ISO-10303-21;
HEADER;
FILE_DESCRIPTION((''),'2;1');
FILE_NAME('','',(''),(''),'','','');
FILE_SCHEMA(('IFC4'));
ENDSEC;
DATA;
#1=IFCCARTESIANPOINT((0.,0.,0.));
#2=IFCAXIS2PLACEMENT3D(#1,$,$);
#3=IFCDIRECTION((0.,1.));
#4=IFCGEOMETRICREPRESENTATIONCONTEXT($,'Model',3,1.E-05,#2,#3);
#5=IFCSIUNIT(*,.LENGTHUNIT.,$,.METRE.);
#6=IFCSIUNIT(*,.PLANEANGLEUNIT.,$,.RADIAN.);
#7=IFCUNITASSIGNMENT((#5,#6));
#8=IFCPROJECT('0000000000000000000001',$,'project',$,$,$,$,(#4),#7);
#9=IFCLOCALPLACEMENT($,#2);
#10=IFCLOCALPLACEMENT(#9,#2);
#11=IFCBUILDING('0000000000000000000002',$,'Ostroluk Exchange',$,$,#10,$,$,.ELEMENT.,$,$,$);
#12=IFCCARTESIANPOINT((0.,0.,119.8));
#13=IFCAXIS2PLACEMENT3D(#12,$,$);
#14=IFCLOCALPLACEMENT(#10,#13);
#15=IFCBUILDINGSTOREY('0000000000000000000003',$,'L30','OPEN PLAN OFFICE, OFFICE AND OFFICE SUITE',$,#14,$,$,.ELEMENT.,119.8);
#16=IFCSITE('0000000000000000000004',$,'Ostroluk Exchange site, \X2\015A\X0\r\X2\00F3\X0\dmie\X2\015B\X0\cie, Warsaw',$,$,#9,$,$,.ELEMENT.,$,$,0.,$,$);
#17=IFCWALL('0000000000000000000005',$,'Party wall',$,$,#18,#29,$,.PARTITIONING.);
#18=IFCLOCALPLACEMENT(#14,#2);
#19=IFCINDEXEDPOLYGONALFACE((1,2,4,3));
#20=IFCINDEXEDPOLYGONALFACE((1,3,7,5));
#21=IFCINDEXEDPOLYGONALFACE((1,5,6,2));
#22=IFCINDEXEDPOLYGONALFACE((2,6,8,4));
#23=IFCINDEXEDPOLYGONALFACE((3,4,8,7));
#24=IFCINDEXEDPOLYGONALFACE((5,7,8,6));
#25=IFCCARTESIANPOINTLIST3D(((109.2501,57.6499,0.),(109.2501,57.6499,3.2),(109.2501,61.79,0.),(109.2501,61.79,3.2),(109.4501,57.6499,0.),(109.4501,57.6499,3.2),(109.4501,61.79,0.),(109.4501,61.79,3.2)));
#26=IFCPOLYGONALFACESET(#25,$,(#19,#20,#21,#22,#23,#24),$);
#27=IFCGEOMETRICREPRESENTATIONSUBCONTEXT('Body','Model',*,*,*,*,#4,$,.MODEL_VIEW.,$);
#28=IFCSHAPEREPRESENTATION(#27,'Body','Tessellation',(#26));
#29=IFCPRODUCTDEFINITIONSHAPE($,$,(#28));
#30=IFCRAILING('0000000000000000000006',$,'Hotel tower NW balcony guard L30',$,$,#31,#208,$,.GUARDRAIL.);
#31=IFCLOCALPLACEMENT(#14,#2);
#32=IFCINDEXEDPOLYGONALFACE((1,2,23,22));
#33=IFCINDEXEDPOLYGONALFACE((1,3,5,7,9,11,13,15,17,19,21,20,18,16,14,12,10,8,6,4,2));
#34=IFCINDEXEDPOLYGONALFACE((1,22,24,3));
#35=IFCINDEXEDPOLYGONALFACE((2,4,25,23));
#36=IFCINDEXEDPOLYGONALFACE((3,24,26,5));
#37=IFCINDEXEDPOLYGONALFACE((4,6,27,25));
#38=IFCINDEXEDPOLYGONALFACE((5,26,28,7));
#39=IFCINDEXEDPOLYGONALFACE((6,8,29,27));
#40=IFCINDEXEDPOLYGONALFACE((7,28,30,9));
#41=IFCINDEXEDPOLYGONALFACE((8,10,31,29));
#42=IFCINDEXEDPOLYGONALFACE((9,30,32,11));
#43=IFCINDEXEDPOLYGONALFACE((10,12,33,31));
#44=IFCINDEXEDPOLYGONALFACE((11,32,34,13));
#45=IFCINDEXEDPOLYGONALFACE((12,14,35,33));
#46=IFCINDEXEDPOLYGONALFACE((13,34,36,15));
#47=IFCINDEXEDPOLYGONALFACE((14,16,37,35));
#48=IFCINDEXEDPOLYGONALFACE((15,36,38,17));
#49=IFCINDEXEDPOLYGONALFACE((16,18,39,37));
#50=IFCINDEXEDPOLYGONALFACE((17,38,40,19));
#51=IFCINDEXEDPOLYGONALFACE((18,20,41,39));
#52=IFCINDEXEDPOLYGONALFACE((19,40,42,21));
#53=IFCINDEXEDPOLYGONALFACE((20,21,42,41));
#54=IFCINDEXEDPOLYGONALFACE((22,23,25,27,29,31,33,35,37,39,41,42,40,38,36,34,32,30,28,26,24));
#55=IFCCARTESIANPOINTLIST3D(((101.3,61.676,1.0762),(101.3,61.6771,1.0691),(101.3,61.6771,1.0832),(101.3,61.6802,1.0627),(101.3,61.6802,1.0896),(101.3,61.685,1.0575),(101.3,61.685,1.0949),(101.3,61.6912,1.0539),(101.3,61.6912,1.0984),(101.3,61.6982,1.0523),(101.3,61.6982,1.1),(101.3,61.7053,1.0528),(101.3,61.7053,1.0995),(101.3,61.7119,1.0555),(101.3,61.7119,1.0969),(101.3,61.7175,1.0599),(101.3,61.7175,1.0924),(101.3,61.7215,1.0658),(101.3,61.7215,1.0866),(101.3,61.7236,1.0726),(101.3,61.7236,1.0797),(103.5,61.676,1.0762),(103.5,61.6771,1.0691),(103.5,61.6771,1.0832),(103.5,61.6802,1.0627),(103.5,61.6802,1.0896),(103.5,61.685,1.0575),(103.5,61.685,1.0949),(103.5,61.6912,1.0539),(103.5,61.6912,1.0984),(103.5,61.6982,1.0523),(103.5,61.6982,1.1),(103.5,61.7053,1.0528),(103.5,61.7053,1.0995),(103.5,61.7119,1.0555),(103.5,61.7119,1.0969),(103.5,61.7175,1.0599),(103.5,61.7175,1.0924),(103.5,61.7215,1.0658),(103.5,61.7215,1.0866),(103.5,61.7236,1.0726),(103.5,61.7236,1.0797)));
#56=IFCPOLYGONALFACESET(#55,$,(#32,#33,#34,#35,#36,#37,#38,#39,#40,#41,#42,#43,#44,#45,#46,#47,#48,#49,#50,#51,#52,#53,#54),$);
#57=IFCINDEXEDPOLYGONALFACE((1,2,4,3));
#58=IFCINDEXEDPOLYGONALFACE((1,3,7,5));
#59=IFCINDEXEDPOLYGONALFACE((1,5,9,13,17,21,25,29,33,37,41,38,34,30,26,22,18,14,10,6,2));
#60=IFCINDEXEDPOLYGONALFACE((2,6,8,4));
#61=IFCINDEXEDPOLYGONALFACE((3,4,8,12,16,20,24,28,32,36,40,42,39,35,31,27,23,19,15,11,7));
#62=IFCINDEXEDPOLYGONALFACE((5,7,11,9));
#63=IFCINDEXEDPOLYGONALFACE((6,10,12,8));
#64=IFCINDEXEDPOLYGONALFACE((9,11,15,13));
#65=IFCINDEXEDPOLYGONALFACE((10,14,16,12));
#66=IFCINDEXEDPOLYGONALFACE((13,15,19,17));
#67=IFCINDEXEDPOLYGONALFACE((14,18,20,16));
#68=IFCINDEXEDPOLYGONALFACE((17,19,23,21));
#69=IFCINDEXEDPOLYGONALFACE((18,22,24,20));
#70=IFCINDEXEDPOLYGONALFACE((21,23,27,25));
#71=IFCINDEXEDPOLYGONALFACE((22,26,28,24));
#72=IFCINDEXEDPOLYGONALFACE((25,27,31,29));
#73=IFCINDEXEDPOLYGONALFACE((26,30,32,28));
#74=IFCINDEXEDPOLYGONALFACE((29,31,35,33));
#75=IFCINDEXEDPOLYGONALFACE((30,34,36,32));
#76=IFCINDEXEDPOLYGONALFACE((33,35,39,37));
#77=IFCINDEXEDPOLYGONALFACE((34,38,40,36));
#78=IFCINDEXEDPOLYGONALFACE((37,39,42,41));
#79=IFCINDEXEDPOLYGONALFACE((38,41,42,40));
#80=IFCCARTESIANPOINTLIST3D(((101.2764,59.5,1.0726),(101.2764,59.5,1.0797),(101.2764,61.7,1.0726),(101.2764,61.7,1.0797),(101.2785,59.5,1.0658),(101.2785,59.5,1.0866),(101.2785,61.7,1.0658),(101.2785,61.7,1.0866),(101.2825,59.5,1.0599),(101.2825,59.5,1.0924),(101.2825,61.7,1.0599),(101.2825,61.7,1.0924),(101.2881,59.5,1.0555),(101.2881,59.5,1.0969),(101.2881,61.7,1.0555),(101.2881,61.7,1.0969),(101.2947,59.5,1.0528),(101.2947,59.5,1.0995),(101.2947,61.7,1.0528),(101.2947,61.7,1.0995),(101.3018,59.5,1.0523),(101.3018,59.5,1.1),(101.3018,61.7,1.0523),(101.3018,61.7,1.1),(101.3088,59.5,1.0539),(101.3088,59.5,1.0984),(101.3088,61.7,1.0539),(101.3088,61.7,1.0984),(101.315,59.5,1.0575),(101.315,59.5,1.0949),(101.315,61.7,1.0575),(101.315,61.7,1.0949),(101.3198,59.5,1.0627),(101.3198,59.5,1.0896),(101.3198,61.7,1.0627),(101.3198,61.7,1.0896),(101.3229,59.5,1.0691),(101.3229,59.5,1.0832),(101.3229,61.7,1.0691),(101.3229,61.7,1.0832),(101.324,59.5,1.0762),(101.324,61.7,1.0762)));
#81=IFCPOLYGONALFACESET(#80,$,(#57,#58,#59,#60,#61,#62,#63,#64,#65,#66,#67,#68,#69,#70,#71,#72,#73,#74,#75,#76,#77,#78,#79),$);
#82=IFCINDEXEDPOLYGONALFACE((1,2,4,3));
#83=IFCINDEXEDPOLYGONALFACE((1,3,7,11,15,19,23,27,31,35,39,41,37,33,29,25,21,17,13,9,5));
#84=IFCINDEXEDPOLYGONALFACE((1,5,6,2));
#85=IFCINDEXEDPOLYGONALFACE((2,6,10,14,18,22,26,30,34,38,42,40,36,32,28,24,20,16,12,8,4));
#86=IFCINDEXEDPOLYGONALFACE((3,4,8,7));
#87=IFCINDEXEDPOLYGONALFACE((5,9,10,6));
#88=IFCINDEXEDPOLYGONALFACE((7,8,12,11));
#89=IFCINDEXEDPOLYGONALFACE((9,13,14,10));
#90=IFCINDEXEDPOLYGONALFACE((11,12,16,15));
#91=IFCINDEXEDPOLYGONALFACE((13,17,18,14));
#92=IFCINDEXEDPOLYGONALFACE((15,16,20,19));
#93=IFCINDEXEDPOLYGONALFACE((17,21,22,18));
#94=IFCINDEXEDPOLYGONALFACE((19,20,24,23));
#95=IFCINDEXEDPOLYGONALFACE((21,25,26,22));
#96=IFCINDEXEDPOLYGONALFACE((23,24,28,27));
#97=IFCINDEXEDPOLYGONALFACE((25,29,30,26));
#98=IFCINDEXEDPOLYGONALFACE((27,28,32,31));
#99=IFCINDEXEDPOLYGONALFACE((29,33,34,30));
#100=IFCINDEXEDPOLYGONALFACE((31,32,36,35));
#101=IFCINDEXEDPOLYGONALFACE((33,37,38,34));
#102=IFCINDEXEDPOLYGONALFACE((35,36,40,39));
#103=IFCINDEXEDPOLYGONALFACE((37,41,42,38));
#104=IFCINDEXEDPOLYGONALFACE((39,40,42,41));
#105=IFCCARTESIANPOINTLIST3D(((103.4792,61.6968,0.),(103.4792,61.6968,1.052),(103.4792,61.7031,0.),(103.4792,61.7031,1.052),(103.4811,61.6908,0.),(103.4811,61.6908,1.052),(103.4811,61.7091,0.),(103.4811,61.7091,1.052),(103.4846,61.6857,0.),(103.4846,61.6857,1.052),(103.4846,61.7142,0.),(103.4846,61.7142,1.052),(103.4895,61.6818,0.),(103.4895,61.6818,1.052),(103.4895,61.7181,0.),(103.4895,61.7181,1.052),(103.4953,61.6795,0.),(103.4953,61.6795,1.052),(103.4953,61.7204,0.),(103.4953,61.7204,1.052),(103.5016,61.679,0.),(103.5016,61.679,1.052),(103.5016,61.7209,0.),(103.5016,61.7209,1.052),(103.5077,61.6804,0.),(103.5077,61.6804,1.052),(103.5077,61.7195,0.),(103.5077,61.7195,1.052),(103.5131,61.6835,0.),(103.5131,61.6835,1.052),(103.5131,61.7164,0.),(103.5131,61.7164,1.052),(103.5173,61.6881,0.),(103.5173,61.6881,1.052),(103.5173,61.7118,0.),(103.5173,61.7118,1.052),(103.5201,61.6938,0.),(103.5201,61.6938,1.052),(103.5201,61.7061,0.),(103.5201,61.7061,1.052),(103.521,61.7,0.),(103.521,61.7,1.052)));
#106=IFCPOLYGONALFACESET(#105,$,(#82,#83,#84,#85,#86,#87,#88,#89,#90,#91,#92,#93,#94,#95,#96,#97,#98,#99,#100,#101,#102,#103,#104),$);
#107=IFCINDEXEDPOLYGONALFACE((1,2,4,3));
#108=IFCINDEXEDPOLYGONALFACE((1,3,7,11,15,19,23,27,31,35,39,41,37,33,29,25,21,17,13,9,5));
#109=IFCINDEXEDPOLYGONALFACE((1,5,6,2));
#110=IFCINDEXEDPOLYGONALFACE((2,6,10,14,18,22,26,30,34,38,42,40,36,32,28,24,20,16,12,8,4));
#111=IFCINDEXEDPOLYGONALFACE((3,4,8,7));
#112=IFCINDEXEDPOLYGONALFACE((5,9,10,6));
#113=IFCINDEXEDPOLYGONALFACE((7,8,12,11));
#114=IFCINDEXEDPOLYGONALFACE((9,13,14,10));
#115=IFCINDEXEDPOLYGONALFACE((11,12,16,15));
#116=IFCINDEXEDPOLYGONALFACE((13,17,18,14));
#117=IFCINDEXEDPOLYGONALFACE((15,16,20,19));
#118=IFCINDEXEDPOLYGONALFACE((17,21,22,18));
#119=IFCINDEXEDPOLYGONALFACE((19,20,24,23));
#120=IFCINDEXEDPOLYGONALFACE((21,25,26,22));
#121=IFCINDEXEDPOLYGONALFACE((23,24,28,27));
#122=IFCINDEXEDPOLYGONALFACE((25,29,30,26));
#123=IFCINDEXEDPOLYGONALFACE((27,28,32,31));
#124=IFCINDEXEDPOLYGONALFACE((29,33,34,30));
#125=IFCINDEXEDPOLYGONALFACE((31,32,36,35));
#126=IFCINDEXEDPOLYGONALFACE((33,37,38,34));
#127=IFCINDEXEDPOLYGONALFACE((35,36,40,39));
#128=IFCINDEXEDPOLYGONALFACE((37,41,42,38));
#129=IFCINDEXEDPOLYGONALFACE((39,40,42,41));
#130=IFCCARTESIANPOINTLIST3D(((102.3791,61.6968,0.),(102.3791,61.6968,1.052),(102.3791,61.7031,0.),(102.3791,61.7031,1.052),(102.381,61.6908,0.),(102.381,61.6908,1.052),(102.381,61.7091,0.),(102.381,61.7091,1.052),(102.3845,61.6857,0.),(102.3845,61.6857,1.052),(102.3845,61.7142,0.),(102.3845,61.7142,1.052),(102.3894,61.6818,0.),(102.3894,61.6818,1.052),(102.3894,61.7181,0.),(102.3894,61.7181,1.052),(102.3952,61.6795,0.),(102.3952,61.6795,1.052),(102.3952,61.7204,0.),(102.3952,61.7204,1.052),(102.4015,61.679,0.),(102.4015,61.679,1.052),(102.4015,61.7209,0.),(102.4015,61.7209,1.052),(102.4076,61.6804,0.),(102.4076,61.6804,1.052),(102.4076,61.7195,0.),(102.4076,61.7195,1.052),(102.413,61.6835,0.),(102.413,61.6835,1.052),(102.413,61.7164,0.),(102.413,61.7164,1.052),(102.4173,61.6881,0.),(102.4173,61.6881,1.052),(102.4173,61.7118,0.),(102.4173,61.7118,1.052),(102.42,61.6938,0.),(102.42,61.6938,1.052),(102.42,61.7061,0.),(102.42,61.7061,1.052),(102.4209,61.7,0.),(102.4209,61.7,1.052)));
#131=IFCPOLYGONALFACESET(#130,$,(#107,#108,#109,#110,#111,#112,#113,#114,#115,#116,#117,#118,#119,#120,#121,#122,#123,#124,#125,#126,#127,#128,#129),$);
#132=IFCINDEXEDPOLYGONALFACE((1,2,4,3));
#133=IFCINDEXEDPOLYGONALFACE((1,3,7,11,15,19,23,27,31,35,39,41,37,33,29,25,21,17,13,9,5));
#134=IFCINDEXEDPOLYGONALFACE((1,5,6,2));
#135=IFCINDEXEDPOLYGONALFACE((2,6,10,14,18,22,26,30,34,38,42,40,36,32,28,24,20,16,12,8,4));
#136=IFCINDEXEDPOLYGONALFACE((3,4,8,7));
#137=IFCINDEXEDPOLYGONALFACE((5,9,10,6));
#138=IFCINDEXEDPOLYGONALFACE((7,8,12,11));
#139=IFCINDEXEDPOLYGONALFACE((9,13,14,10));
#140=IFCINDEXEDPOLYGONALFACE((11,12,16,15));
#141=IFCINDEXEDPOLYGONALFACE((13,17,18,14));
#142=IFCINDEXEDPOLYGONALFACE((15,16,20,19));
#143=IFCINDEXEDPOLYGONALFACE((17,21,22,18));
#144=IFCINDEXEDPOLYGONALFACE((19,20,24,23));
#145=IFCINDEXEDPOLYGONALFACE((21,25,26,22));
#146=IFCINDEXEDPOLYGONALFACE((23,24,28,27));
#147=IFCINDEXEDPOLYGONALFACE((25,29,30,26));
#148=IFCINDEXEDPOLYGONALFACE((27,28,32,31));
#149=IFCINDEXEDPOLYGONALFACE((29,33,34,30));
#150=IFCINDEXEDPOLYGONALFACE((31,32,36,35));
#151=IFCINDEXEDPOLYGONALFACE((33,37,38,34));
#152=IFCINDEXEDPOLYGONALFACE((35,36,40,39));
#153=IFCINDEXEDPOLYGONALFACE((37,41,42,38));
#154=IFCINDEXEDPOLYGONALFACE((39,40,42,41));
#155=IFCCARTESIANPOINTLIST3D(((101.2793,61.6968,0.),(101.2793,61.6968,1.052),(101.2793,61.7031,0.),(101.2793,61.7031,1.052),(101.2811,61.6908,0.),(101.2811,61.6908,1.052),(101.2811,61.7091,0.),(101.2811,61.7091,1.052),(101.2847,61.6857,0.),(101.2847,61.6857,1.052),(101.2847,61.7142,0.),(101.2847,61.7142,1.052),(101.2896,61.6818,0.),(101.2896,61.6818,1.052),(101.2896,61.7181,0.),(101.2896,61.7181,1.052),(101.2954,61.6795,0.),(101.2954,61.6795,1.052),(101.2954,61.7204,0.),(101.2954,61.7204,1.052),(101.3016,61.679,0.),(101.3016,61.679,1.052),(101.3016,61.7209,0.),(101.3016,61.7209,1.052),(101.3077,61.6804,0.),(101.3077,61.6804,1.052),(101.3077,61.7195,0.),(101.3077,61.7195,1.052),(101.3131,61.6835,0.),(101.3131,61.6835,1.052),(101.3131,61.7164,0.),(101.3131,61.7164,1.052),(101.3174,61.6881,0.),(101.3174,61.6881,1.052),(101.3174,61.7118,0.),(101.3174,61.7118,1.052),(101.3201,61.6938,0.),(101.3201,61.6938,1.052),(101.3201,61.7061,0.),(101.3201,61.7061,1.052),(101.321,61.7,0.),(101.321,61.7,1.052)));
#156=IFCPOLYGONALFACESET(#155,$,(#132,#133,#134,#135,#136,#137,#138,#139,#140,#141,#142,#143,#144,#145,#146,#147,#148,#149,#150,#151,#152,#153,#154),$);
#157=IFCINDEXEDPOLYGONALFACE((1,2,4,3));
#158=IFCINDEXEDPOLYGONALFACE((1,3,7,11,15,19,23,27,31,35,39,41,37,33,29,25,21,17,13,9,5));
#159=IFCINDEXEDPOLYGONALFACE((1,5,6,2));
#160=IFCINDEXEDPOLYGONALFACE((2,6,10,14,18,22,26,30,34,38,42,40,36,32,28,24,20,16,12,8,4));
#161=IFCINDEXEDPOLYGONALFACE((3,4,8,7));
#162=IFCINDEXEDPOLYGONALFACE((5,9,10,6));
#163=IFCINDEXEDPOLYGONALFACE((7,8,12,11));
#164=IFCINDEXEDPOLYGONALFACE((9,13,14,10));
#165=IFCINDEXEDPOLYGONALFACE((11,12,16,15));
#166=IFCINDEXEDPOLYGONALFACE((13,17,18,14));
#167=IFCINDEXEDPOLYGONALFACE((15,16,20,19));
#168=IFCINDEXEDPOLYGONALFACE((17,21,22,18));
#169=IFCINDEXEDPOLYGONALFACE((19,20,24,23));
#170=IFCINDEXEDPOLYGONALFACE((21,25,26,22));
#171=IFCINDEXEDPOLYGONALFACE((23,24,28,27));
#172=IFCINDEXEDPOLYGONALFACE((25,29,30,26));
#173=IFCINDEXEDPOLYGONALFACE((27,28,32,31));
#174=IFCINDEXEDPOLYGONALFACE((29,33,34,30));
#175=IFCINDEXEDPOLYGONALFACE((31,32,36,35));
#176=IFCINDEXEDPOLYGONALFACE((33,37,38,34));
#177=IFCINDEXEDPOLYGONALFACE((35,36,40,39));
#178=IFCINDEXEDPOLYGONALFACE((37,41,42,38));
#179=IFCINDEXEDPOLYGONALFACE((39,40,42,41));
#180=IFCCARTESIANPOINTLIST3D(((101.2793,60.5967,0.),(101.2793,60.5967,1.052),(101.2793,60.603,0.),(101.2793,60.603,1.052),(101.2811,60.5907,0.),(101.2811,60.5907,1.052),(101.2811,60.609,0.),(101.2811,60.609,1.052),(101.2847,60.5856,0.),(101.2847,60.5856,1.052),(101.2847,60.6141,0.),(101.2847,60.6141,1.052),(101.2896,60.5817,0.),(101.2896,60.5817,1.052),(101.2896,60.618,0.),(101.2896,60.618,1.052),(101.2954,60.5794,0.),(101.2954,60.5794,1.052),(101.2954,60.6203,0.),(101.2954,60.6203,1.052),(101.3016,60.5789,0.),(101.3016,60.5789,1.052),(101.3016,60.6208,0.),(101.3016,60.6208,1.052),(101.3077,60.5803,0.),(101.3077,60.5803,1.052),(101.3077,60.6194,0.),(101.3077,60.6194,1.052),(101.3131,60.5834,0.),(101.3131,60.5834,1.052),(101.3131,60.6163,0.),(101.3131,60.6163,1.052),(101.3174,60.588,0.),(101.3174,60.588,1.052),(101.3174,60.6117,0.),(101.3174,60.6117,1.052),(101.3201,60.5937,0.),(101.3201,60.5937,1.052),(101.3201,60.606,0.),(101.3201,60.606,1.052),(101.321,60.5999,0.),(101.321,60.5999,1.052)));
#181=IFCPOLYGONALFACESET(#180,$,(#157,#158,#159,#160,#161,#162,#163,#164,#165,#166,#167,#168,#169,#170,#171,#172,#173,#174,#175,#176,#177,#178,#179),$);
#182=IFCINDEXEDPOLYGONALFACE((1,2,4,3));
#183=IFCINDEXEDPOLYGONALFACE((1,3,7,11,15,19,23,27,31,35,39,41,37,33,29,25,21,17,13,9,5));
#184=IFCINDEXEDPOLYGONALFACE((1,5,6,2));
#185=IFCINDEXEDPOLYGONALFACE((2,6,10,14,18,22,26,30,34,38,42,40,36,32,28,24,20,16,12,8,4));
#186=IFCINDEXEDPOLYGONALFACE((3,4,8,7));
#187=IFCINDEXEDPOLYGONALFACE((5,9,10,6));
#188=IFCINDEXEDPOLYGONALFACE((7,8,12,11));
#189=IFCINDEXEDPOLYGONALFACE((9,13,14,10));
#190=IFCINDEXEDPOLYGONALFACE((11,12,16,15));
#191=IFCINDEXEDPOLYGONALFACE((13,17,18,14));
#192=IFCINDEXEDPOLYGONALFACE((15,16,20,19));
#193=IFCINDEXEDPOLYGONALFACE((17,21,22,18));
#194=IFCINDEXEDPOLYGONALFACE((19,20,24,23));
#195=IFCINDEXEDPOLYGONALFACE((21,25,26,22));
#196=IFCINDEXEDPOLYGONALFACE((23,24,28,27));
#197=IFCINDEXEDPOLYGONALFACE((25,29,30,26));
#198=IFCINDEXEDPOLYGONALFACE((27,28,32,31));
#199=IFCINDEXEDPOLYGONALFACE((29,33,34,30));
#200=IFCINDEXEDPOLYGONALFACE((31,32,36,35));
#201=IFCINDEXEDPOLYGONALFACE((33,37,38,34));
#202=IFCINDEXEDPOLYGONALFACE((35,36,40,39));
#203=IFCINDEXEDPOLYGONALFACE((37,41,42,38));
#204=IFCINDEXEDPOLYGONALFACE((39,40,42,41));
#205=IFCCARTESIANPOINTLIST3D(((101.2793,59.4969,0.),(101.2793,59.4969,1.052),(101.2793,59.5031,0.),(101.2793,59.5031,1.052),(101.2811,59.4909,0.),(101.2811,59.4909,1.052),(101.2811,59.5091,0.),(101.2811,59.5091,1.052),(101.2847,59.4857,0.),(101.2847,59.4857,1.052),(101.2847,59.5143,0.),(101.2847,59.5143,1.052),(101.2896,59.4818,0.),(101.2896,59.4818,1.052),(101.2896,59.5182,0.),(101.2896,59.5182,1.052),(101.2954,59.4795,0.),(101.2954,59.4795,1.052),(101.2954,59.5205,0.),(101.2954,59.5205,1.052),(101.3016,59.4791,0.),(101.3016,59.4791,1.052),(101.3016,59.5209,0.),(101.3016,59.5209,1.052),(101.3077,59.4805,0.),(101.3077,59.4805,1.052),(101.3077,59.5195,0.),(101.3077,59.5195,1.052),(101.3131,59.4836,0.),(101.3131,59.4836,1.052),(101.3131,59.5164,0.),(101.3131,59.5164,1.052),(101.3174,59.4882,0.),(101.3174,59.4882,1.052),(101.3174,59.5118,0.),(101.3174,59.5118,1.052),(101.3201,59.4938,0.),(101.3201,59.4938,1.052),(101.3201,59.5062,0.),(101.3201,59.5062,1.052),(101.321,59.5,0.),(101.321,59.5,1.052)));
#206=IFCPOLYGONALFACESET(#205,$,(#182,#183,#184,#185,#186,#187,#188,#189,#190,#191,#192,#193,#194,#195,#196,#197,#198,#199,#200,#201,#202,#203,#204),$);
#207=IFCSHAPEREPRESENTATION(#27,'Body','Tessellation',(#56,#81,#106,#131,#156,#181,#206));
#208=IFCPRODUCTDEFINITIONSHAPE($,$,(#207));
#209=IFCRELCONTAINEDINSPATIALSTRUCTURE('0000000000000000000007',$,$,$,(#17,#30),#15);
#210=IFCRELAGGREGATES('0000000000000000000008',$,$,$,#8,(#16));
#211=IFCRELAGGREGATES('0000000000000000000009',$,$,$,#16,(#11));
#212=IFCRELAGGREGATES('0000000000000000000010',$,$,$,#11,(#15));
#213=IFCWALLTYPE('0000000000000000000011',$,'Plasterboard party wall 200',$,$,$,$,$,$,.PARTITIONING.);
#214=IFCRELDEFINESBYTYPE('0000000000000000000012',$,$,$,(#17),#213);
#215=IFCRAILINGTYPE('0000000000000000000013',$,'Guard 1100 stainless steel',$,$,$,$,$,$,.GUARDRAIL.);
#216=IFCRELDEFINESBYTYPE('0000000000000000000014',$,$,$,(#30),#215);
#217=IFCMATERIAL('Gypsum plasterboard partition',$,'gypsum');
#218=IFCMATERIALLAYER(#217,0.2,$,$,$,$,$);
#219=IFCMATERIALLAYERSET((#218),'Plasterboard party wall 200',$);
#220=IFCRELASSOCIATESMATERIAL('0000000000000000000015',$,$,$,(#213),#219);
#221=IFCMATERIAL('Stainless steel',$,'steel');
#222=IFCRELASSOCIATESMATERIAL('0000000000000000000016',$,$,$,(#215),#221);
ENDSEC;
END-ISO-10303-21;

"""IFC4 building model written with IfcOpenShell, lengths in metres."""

from ifc_helpers import new_model, si_unit, direction, frame, frame_2d, origin, origin_2d, place, context, subcontext, project, spatial, rectangle, circle, extrude, material, layer, layer_set, type_object, element, save


model = new_model("IFC4")

# Units and contexts
model_context = context("Model", 3, precision=1e-05, world=origin(), true_north=direction((0.0, 1.0)))
body_context = subcontext(model_context, "Body", "Model", "MODEL_VIEW")
ifc_project = project(units=[si_unit("LENGTHUNIT", "METRE"), si_unit("PLANEANGLEUNIT", "RADIAN")], contexts=[model_context])

# Site, building, storey
site_placement = place(None, origin())
site = spatial("IfcSite", under=ifc_project, at=site_placement, Name="Ostroluk Exchange site, Śródmieście, Warsaw", CompositionType="ELEMENT", RefElevation=0.0)
building_placement = place(site_placement, origin())
building = spatial("IfcBuilding", under=site, at=building_placement, Name="Ostroluk Exchange", CompositionType="ELEMENT")
storey_placement = place(building_placement, frame((0.0, 0.0, 119.8)))
storey = spatial("IfcBuildingStorey", under=building, at=storey_placement, Name="L30", Description="OPEN PLAN OFFICE, OFFICE AND OFFICE SUITE", CompositionType="ELEMENT", Elevation=119.8)

# Wall
ifc_material_1 = material(Name="Gypsum plasterboard partition", Category="gypsum")
ifc_layer_1 = layer(ifc_material_1, 0.2)
ifc_layer_set_1 = layer_set([ifc_layer_1], Name="Plasterboard party wall 200")
wall_type_1 = type_object("IfcWallType", Name="Plasterboard party wall 200", PredefinedType="PARTITIONING", material=ifc_layer_set_1)
wall_1_placement = place(storey_placement, frame((109.3501, 57.6499, 0.0), z_axis=(0.0, 0.0, 1.0), x_axis=(0.0, 1.0, 0.0)))
element("IfcWall", 1, at=wall_1_placement, inside=storey, type_object=wall_type_1, Name="Party wall", PredefinedType="PARTITIONING", context=body_context, shape_type="SweptSolid", body=[
    extrude(rectangle(XDim=4.1401, YDim=0.2, at=frame_2d((2.0701, 0.0))), origin(), (0.0, 0.0, 1.0), 3.2),
])

# Railing
ifc_material_2 = material(Name="Stainless steel", Category="steel")
railing_type_1 = type_object("IfcRailingType", Name="Guard 1100 stainless steel", PredefinedType="GUARDRAIL", material=ifc_material_2)
railing_1_placement = place(storey_placement, frame((103.5, 61.7, 0.0)))
element("IfcRailing", 2, at=railing_1_placement, inside=storey, type_object=railing_type_1, Name="Hotel tower NW balcony guard L30", PredefinedType="GUARDRAIL", context=body_context, shape_type="SweptSolid", body=[
    extrude(circle(Radius=0.0239, at=origin_2d()), frame((0.0, 0.0, 1.0762), z_axis=(-1.0, 0.0, 0.0), x_axis=(0.0, -1.0, 0.0)), (0.0, 0.0, 1.0), 2.2),
    extrude(circle(Radius=0.0239, at=origin_2d()), frame((-2.2, 0.0, 1.0762), z_axis=(0.0, -1.0, 0.0), x_axis=(1.0, 0.0, 0.0)), (0.0, 0.0, 1.0), 2.2),
    extrude(circle(Radius=0.021, at=origin_2d()), origin(), (0.0, 0.0, 1.0), 1.052),
    extrude(circle(Radius=0.021, at=origin_2d()), frame((-1.1001, 0.0, 0.0)), (0.0, 0.0, 1.0), 1.052),
    extrude(circle(Radius=0.021, at=origin_2d()), frame((-2.2, 0.0, 0.0)), (0.0, 0.0, 1.0), 1.052),
    extrude(circle(Radius=0.021, at=origin_2d()), frame((-2.2, -1.1001, 0.0)), (0.0, 0.0, 1.0), 1.052),
    extrude(circle(Radius=0.021, at=origin_2d()), frame((-2.2, -2.2, 0.0)), (0.0, 0.0, 1.0), 1.052),
])

save(model, "model.ifc")
